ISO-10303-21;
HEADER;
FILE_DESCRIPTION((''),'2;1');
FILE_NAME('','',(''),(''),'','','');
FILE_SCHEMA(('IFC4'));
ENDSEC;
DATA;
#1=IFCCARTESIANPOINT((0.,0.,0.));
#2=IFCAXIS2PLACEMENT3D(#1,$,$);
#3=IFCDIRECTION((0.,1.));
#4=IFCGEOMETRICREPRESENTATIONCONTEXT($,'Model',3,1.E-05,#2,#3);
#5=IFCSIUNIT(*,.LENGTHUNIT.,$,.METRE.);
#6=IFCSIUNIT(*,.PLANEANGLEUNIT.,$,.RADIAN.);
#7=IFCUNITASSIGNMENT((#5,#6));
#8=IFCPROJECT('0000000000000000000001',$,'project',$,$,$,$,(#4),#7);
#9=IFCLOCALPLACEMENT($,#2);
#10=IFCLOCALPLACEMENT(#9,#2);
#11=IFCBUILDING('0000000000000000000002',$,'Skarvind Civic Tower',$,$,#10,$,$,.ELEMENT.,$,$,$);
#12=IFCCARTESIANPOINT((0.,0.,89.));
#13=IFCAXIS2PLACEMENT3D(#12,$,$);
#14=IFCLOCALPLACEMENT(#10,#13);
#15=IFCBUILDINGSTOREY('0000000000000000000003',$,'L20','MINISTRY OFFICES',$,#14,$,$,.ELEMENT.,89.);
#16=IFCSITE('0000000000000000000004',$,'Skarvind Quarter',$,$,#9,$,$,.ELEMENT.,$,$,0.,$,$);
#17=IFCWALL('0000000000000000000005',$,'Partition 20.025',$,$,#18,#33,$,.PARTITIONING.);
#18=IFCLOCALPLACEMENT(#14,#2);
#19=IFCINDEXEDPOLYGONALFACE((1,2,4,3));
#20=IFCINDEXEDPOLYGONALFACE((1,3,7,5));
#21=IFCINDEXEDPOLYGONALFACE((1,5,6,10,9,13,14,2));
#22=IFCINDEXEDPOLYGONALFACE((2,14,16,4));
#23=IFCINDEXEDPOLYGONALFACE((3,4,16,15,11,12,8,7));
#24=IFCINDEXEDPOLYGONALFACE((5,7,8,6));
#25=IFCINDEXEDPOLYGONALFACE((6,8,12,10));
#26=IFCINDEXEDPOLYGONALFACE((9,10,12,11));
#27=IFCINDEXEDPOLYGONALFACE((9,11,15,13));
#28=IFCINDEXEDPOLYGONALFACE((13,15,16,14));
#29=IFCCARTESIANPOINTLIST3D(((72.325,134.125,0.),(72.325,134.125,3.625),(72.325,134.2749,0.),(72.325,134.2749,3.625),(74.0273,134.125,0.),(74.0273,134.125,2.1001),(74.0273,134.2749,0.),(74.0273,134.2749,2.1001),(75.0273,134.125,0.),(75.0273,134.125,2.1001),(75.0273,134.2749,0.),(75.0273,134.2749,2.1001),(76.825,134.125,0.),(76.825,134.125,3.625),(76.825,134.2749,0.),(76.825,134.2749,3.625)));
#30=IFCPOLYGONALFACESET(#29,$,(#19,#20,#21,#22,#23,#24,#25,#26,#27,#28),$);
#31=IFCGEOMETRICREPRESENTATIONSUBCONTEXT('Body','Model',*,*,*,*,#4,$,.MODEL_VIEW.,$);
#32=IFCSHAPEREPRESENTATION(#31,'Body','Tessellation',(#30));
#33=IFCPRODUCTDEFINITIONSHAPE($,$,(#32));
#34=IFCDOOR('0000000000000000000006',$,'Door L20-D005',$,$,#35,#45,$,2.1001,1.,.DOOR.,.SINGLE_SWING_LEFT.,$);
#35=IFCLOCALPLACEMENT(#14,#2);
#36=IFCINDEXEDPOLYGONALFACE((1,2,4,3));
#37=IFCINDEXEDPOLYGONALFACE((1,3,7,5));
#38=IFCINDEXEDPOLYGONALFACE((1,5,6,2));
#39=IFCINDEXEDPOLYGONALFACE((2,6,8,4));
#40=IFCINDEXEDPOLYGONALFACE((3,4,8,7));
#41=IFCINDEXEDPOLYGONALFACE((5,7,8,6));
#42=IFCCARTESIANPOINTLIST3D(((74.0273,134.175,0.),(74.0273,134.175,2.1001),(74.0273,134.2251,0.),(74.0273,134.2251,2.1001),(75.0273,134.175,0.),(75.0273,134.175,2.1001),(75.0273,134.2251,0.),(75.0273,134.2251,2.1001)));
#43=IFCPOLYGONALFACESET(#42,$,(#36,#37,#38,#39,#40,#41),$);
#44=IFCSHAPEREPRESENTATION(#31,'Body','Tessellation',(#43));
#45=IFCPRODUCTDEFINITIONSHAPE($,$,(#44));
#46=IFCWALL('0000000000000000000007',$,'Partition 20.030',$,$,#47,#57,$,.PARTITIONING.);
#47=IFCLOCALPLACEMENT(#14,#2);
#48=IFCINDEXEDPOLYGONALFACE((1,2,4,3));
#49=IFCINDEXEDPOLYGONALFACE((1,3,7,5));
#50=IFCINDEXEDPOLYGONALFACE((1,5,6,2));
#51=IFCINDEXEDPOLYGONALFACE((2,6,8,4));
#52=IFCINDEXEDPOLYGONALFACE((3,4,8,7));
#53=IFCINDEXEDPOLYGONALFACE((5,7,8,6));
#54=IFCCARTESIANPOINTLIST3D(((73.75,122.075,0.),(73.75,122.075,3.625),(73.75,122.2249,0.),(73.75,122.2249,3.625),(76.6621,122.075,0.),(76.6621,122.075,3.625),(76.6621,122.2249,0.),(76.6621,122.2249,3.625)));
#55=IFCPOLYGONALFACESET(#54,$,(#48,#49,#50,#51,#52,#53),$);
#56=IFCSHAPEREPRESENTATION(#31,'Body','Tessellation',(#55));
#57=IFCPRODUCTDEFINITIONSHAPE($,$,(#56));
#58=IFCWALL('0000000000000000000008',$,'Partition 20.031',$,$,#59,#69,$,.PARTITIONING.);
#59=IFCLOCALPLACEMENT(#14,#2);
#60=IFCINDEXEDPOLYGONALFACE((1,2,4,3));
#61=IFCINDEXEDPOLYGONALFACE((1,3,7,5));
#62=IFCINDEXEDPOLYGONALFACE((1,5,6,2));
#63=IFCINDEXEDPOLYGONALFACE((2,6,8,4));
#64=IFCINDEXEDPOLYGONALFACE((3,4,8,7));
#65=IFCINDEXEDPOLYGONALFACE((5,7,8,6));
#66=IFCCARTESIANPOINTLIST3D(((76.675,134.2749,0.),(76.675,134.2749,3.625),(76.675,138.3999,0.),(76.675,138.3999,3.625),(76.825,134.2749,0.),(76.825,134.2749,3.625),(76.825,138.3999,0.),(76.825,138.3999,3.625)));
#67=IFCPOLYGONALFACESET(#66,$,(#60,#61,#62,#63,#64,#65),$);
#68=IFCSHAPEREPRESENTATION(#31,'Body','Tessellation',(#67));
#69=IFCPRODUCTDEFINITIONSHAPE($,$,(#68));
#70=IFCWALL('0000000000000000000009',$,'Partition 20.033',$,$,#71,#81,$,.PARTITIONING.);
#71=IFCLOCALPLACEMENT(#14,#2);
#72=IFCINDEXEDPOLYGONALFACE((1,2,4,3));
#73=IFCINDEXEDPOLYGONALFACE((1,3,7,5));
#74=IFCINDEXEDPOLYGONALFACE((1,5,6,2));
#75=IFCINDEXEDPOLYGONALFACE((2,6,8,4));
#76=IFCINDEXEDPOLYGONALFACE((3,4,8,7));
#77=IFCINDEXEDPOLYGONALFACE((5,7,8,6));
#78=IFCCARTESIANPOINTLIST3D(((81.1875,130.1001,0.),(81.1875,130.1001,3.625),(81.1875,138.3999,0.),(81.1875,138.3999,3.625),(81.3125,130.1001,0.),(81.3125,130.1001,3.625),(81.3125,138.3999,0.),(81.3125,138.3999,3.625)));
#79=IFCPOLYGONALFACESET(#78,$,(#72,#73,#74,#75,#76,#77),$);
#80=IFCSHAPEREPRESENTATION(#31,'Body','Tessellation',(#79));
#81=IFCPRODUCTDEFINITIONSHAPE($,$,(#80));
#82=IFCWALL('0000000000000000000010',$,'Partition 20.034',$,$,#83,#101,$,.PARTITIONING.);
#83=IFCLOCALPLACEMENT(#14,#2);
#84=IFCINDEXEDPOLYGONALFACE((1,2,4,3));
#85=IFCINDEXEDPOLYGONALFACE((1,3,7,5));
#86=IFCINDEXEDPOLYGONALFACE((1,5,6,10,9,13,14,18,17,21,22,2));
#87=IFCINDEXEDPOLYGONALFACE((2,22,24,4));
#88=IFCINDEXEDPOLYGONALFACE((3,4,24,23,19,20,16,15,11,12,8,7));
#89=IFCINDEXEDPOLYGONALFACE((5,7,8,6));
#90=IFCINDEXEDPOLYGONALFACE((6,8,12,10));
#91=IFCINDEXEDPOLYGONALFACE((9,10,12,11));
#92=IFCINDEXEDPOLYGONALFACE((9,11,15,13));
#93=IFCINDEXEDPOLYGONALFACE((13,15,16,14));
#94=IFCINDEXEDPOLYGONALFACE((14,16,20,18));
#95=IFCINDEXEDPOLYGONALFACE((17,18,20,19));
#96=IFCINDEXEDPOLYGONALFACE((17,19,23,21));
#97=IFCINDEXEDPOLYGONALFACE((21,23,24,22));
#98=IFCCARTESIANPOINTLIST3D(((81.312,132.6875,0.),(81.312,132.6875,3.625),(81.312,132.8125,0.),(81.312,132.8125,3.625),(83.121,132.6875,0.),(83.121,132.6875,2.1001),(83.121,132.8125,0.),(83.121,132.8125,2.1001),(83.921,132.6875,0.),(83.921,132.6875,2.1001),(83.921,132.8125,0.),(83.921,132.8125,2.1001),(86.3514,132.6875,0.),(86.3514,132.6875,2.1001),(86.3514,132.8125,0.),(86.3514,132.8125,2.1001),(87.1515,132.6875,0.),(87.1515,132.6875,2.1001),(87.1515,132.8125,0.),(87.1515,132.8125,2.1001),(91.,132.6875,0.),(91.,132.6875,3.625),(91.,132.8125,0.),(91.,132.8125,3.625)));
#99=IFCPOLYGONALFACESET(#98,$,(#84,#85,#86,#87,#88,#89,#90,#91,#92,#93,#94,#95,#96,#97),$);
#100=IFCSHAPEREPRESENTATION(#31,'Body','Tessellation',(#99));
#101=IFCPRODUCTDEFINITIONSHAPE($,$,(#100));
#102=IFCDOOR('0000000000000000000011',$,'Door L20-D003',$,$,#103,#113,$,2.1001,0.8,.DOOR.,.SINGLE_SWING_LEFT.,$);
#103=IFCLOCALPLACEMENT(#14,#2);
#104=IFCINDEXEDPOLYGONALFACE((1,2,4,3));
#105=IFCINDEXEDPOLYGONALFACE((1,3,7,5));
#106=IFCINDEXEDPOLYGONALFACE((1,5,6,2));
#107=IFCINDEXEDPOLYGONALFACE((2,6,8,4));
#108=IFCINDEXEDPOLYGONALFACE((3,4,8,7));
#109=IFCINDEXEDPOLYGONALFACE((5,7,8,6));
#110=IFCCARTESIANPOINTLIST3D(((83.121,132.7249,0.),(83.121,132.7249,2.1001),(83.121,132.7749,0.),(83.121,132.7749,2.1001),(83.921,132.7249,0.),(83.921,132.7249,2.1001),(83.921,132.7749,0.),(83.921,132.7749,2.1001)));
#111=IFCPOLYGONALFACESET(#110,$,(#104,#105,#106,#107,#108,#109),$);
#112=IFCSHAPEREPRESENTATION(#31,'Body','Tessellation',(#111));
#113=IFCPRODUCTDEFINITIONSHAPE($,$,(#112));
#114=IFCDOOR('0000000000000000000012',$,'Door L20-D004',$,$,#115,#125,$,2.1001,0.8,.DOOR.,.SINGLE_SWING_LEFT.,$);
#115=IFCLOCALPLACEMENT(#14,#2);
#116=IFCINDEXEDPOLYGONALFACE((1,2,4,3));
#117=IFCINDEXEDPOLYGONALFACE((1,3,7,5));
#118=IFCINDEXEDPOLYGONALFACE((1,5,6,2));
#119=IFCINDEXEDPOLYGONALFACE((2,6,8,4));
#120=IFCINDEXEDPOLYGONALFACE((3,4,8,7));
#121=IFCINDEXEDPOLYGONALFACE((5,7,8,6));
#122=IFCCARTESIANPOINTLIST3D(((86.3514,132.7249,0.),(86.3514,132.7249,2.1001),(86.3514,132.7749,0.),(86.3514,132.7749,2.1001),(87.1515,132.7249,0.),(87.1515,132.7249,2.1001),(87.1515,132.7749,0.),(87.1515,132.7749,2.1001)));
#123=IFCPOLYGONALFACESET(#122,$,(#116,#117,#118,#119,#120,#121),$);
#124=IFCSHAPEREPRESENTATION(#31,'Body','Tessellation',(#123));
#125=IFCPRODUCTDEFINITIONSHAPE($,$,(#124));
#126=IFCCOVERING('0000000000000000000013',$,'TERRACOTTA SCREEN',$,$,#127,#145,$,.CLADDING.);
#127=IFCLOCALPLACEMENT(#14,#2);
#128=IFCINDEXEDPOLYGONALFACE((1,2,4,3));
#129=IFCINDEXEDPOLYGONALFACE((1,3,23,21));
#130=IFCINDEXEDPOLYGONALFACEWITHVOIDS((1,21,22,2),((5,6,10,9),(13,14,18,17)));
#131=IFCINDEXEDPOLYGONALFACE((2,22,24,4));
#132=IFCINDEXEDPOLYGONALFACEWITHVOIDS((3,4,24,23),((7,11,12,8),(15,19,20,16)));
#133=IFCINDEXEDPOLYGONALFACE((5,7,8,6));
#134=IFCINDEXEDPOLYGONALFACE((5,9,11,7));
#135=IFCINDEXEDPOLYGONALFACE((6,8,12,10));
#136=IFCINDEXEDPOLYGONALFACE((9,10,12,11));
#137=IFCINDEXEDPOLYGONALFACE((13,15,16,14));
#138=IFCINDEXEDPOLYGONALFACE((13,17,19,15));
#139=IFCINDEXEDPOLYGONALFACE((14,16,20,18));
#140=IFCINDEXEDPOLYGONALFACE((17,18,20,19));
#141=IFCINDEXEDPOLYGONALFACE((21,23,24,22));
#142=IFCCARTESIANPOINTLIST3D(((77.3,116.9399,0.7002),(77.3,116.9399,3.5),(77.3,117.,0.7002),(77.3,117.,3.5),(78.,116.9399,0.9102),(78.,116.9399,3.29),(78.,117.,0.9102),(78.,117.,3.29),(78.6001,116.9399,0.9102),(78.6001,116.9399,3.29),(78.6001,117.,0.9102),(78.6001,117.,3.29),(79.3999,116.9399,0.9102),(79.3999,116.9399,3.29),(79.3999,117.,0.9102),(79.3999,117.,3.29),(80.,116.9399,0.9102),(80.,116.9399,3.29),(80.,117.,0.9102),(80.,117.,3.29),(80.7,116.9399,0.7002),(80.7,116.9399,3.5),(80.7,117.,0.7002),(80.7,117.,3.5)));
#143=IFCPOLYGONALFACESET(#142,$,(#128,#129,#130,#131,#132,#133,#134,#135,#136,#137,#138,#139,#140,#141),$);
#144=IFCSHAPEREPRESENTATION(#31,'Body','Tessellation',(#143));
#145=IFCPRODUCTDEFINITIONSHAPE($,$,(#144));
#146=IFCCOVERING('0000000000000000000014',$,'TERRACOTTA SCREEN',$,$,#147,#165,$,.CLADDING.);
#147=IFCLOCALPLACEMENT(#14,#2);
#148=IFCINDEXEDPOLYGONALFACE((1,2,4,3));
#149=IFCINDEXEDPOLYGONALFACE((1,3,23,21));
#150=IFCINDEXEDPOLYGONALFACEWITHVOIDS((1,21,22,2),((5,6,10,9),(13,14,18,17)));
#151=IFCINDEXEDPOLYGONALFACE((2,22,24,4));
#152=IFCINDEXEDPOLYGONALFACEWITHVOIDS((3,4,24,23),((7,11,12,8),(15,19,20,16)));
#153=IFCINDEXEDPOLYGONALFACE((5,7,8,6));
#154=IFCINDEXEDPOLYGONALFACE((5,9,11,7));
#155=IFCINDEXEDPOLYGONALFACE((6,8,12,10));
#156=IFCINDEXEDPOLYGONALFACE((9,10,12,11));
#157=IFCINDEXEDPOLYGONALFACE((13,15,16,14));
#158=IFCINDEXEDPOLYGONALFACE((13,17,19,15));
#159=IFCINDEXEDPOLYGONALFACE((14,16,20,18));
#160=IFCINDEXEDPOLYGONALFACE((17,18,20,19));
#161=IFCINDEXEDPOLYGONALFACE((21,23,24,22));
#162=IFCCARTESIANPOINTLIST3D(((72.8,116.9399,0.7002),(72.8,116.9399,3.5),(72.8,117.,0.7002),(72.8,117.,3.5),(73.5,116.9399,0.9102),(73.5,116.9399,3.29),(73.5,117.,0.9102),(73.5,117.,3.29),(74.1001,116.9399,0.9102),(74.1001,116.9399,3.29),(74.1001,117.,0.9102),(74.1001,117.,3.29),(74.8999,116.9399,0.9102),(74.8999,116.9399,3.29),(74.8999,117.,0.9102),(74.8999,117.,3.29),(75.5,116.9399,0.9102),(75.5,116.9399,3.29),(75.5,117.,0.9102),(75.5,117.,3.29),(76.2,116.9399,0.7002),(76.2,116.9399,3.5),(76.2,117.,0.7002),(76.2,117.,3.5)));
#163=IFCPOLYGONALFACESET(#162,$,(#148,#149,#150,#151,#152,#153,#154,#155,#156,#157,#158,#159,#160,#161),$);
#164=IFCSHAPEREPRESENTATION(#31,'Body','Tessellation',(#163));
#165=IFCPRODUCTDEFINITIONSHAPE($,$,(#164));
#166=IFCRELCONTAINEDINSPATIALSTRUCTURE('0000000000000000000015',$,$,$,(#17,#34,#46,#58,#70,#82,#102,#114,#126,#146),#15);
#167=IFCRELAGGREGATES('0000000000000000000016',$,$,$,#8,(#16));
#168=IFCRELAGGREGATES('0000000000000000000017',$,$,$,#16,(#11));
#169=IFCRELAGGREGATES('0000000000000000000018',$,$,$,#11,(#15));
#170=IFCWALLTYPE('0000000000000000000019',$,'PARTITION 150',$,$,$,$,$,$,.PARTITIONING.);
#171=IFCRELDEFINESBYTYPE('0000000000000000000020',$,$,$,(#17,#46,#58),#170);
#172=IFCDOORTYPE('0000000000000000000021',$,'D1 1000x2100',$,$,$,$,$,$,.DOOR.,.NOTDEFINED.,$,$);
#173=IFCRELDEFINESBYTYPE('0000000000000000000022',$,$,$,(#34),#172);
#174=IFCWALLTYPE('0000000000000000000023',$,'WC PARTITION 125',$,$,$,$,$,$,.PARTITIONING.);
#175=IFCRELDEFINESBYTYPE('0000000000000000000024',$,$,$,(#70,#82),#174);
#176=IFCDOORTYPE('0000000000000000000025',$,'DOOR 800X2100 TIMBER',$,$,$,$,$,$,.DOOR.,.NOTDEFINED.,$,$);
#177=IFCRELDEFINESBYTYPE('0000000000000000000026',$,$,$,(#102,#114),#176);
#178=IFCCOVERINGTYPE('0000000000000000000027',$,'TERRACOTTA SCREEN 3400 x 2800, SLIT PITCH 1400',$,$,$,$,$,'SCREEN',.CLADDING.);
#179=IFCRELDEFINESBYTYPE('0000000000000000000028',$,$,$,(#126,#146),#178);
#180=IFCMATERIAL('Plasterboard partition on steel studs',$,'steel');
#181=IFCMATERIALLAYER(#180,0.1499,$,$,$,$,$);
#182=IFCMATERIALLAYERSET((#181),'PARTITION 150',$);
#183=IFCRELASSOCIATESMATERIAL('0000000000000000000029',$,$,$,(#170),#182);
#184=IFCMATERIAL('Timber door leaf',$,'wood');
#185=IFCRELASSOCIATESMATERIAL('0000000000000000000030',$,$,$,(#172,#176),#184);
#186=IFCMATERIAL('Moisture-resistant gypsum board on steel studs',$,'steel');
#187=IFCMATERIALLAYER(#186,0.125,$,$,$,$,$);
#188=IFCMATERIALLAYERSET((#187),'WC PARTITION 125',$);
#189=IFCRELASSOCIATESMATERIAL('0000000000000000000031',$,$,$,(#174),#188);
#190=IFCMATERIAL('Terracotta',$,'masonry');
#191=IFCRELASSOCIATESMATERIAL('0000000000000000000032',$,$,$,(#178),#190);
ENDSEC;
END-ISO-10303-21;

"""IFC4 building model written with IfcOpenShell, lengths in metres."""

from ifc_helpers import new_model, si_unit, direction, frame, frame_2d, origin, place, context, subcontext, project, spatial, polyline, rectangle, outline, extrude, material, layer, layer_set, material_profile, profile_set, type_object, element, fill, save


model = new_model("IFC4")

# Units and contexts
model_context = context("Model", 3, precision=1e-05, world=origin(), true_north=direction((0.0, 1.0)))
body_context = subcontext(model_context, "Body", "Model", "MODEL_VIEW")
ifc_project = project(units=[si_unit("LENGTHUNIT", "METRE"), si_unit("PLANEANGLEUNIT", "RADIAN")], contexts=[model_context])

# Site, building, storey
site_placement = place(None, origin())
site = spatial("IfcSite", under=ifc_project, at=site_placement, Name="Skarvind Quarter", CompositionType="ELEMENT", RefElevation=0.0)
building_placement = place(site_placement, origin())
building = spatial("IfcBuilding", under=site, at=building_placement, Name="Skarvind Civic Tower", CompositionType="ELEMENT")
storey_placement = place(building_placement, frame((0.0, 0.0, 89.0)))
storey = spatial("IfcBuildingStorey", under=building, at=storey_placement, Name="L20", Description="MINISTRY OFFICES", CompositionType="ELEMENT", Elevation=89.0)

# Shared definitions
ifc_material_1 = material(Name="Plasterboard partition on steel studs", Category="steel")
ifc_layer_1 = layer(ifc_material_1, 0.1499)
ifc_layer_set_1 = layer_set([ifc_layer_1], Name="PARTITION 150")
wall_type_1 = type_object("IfcWallType", Name="PARTITION 150", PredefinedType="PARTITIONING", material=ifc_layer_set_1)

# Wall, opening, door
wall_1_placement = place(storey_placement, frame((76.825, 134.2, 0.0), z_axis=(0.0, 0.0, 1.0), x_axis=(-1.0, 0.0, 0.0)))
wall_1 = element("IfcWall", 1, at=wall_1_placement, inside=storey, type_object=wall_type_1, Name="Partition 20.025", PredefinedType="PARTITIONING", context=body_context, shape_type="SweptSolid", body=[
    extrude(rectangle(XDim=4.5, YDim=0.1499, at=frame_2d((2.25, 0.0))), origin(), (0.0, 0.0, 1.0), 3.625),
])
opening_1_placement = place(wall_1_placement, frame((1.7976, 0.0, 0.0)))
opening_1 = element("IfcOpeningElement", 2, at=opening_1_placement, cuts=wall_1, PredefinedType="OPENING", context=body_context, shape_type="SweptSolid", body=[
    extrude(rectangle(XDim=1.0, YDim=2.1001, at=frame_2d((0.5, 1.05))), frame((0.0, 0.085, 0.0), z_axis=(0.0, -1.0, 0.0), x_axis=(1.0, 0.0, 0.0)), (0.0, 0.0, 1.0), 0.1699),
])
ifc_material_2 = material(Name="Timber door leaf", Category="wood")
door_type_1 = type_object("IfcDoorType", Name="D1 1000x2100", OperationType="NOTDEFINED", PredefinedType="DOOR", material=ifc_material_2)
door_1_placement = place(opening_1_placement, origin())
door_1 = element("IfcDoor", 3, at=door_1_placement, inside=storey, type_object=door_type_1, Name="Door L20-D005", OperationType="SINGLE_SWING_LEFT", OverallHeight=2.1001, OverallWidth=1.0, PredefinedType="DOOR", context=body_context, shape_type="SweptSolid", body=[
    extrude(rectangle(XDim=1.0, YDim=2.1001, at=frame_2d((0.5, 1.05))), frame((0.0, 0.0249, 0.0), z_axis=(0.0, -1.0, 0.0), x_axis=(1.0, 0.0, 0.0)), (0.0, 0.0, 1.0), 0.05),
])
fill(opening_1, door_1)

# Walls
wall_2_placement = place(storey_placement, frame((76.6621, 122.1499, 0.0), z_axis=(0.0, 0.0, 1.0), x_axis=(-1.0, 0.0, 0.0)))
element("IfcWall", 4, at=wall_2_placement, inside=storey, type_object=wall_type_1, Name="Partition 20.030", PredefinedType="PARTITIONING", context=body_context, shape_type="SweptSolid", body=[
    extrude(rectangle(XDim=2.9121, YDim=0.1499, at=frame_2d((1.4561, 0.0))), origin(), (0.0, 0.0, 1.0), 3.625),
])
wall_3_placement = place(storey_placement, frame((76.75, 134.2749, 0.0), z_axis=(0.0, 0.0, 1.0), x_axis=(0.0, 1.0, 0.0)))
element("IfcWall", 5, at=wall_3_placement, inside=storey, type_object=wall_type_1, Name="Partition 20.031", PredefinedType="PARTITIONING", context=body_context, shape_type="SweptSolid", body=[
    extrude(rectangle(XDim=4.125, YDim=0.1499, at=frame_2d((2.0625, 0.0))), origin(), (0.0, 0.0, 1.0), 3.625),
])
ifc_material_3 = material(Name="Moisture-resistant gypsum board on steel studs", Category="steel")
ifc_layer_2 = layer(ifc_material_3, 0.125)
ifc_layer_set_2 = layer_set([ifc_layer_2], Name="WC PARTITION 125")
wall_type_2 = type_object("IfcWallType", Name="WC PARTITION 125", PredefinedType="PARTITIONING", material=ifc_layer_set_2)
wall_4_placement = place(storey_placement, frame((81.25, 130.1001, 0.0), z_axis=(0.0, 0.0, 1.0), x_axis=(0.0, 1.0, 0.0)))
element("IfcWall", 6, at=wall_4_placement, inside=storey, type_object=wall_type_2, Name="Partition 20.033", PredefinedType="PARTITIONING", context=body_context, shape_type="SweptSolid", body=[
    extrude(rectangle(XDim=8.2998, YDim=0.125, at=frame_2d((4.1499, 0.0))), origin(), (0.0, 0.0, 1.0), 3.625),
])

# Wall, openings, doors
wall_5_placement = place(storey_placement, frame((81.312, 132.75, 0.0), z_axis=(0.0, 0.0, 1.0), x_axis=(1.0, 0.0, 0.0)))
wall_5 = element("IfcWall", 7, at=wall_5_placement, inside=storey, type_object=wall_type_2, Name="Partition 20.034", PredefinedType="PARTITIONING", context=body_context, shape_type="SweptSolid", body=[
    extrude(rectangle(XDim=9.688, YDim=0.125, at=frame_2d((4.844, 0.0))), origin(), (0.0, 0.0, 1.0), 3.625),
])
opening_2_placement = place(wall_5_placement, frame((1.8091, 0.0, 0.0)))
opening_2 = element("IfcOpeningElement", 8, at=opening_2_placement, cuts=wall_5, PredefinedType="OPENING", context=body_context, shape_type="SweptSolid", body=[
    extrude(rectangle(XDim=0.8, YDim=2.1001, at=frame_2d((0.3999, 1.05))), frame((0.0, 0.0725, 0.0), z_axis=(0.0, -1.0, 0.0), x_axis=(1.0, 0.0, 0.0)), (0.0, 0.0, 1.0), 0.145),
])
opening_3_placement = place(wall_5_placement, frame((5.0396, 0.0, 0.0)))
opening_3 = element("IfcOpeningElement", 9, at=opening_3_placement, cuts=wall_5, PredefinedType="OPENING", context=body_context, shape_type="SweptSolid", body=[
    extrude(rectangle(XDim=0.8, YDim=2.1001, at=frame_2d((0.3999, 1.05))), frame((0.0, 0.0725, 0.0), z_axis=(0.0, -1.0, 0.0), x_axis=(1.0, 0.0, 0.0)), (0.0, 0.0, 1.0), 0.145),
])
door_type_2 = type_object("IfcDoorType", Name="DOOR 800X2100 TIMBER", OperationType="NOTDEFINED", PredefinedType="DOOR", material=ifc_material_2)
door_2_placement = place(opening_2_placement, origin())
door_2 = element("IfcDoor", 10, at=door_2_placement, inside=storey, type_object=door_type_2, Name="Door L20-D003", OperationType="SINGLE_SWING_LEFT", OverallHeight=2.1001, OverallWidth=0.8, PredefinedType="DOOR", context=body_context, shape_type="SweptSolid", body=[
    extrude(rectangle(XDim=0.8, YDim=2.1001, at=frame_2d((0.3999, 1.05))), frame((0.0, 0.0249, 0.0), z_axis=(0.0, -1.0, 0.0), x_axis=(1.0, 0.0, 0.0)), (0.0, 0.0, 1.0), 0.05),
])
fill(opening_2, door_2)
door_3_placement = place(opening_3_placement, origin())
door_3 = element("IfcDoor", 11, at=door_3_placement, inside=storey, type_object=door_type_2, Name="Door L20-D004", OperationType="SINGLE_SWING_LEFT", OverallHeight=2.1001, OverallWidth=0.8, PredefinedType="DOOR", context=body_context, shape_type="SweptSolid", body=[
    extrude(rectangle(XDim=0.8, YDim=2.1001, at=frame_2d((0.3999, 1.05))), frame((0.0, 0.0249, 0.0), z_axis=(0.0, -1.0, 0.0), x_axis=(1.0, 0.0, 0.0)), (0.0, 0.0, 1.0), 0.05),
])
fill(opening_3, door_3)

# Coverings
ifc_material_4 = material(Name="Terracotta", Category="masonry")
ifc_material_profile_1 = material_profile(ifc_material_4, outline(polyline([(-1.7, -1.3999), (1.7, -1.3999), (1.7, 1.3999), (-1.7, 1.3999), (-1.7, -1.3999)]), holes=[polyline([(-1.0, -1.1899), (-0.3999, -1.1899), (-0.3999, 1.1899), (-1.0, 1.1899), (-1.0, -1.1899)]), polyline([(0.3999, -1.1899), (1.0, -1.1899), (1.0, 1.1899), (0.3999, 1.1899), (0.3999, -1.1899)])]), Name="TERRACOTTA SCREEN 3400 x 2800, SLIT PITCH 1400")
ifc_profile_set_1 = profile_set([ifc_material_profile_1], Name="Terracotta")
covering_type_1 = type_object("IfcCoveringType", Name="TERRACOTTA SCREEN 3400 x 2800, SLIT PITCH 1400", ElementType="SCREEN", PredefinedType="CLADDING", material=ifc_profile_set_1)
for number, where, z_axis, x_axis, name in (
    (12, (79.0, 117.0, 2.1001), (0.0, -1.0, 0.0), (1.0, 0.0, 0.0), "TERRACOTTA SCREEN"),
    (13, (74.5, 117.0, 2.1001), (0.0, -1.0, 0.0), (1.0, 0.0, 0.0), "TERRACOTTA SCREEN"),
):
    element("IfcCovering", number, at=place(storey_placement, frame(where, z_axis=z_axis, x_axis=x_axis)), inside=storey, type_object=covering_type_1, Name=name, PredefinedType="CLADDING", context=body_context, shape_type="SweptSolid", body=[
        extrude(outline(polyline([(-1.7, -1.3999), (1.7, -1.3999), (1.7, 1.3999), (-1.7, 1.3999), (-1.7, -1.3999)]), holes=[polyline([(-1.0, -1.1899), (-0.3999, -1.1899), (-0.3999, 1.1899), (-1.0, 1.1899), (-1.0, -1.1899)]), polyline([(0.3999, -1.1899), (1.0, -1.1899), (1.0, 1.1899), (0.3999, 1.1899), (0.3999, -1.1899)])]), origin(), (0.0, 0.0, 1.0), 0.0601),
    ])

save(model, "model.ifc")
